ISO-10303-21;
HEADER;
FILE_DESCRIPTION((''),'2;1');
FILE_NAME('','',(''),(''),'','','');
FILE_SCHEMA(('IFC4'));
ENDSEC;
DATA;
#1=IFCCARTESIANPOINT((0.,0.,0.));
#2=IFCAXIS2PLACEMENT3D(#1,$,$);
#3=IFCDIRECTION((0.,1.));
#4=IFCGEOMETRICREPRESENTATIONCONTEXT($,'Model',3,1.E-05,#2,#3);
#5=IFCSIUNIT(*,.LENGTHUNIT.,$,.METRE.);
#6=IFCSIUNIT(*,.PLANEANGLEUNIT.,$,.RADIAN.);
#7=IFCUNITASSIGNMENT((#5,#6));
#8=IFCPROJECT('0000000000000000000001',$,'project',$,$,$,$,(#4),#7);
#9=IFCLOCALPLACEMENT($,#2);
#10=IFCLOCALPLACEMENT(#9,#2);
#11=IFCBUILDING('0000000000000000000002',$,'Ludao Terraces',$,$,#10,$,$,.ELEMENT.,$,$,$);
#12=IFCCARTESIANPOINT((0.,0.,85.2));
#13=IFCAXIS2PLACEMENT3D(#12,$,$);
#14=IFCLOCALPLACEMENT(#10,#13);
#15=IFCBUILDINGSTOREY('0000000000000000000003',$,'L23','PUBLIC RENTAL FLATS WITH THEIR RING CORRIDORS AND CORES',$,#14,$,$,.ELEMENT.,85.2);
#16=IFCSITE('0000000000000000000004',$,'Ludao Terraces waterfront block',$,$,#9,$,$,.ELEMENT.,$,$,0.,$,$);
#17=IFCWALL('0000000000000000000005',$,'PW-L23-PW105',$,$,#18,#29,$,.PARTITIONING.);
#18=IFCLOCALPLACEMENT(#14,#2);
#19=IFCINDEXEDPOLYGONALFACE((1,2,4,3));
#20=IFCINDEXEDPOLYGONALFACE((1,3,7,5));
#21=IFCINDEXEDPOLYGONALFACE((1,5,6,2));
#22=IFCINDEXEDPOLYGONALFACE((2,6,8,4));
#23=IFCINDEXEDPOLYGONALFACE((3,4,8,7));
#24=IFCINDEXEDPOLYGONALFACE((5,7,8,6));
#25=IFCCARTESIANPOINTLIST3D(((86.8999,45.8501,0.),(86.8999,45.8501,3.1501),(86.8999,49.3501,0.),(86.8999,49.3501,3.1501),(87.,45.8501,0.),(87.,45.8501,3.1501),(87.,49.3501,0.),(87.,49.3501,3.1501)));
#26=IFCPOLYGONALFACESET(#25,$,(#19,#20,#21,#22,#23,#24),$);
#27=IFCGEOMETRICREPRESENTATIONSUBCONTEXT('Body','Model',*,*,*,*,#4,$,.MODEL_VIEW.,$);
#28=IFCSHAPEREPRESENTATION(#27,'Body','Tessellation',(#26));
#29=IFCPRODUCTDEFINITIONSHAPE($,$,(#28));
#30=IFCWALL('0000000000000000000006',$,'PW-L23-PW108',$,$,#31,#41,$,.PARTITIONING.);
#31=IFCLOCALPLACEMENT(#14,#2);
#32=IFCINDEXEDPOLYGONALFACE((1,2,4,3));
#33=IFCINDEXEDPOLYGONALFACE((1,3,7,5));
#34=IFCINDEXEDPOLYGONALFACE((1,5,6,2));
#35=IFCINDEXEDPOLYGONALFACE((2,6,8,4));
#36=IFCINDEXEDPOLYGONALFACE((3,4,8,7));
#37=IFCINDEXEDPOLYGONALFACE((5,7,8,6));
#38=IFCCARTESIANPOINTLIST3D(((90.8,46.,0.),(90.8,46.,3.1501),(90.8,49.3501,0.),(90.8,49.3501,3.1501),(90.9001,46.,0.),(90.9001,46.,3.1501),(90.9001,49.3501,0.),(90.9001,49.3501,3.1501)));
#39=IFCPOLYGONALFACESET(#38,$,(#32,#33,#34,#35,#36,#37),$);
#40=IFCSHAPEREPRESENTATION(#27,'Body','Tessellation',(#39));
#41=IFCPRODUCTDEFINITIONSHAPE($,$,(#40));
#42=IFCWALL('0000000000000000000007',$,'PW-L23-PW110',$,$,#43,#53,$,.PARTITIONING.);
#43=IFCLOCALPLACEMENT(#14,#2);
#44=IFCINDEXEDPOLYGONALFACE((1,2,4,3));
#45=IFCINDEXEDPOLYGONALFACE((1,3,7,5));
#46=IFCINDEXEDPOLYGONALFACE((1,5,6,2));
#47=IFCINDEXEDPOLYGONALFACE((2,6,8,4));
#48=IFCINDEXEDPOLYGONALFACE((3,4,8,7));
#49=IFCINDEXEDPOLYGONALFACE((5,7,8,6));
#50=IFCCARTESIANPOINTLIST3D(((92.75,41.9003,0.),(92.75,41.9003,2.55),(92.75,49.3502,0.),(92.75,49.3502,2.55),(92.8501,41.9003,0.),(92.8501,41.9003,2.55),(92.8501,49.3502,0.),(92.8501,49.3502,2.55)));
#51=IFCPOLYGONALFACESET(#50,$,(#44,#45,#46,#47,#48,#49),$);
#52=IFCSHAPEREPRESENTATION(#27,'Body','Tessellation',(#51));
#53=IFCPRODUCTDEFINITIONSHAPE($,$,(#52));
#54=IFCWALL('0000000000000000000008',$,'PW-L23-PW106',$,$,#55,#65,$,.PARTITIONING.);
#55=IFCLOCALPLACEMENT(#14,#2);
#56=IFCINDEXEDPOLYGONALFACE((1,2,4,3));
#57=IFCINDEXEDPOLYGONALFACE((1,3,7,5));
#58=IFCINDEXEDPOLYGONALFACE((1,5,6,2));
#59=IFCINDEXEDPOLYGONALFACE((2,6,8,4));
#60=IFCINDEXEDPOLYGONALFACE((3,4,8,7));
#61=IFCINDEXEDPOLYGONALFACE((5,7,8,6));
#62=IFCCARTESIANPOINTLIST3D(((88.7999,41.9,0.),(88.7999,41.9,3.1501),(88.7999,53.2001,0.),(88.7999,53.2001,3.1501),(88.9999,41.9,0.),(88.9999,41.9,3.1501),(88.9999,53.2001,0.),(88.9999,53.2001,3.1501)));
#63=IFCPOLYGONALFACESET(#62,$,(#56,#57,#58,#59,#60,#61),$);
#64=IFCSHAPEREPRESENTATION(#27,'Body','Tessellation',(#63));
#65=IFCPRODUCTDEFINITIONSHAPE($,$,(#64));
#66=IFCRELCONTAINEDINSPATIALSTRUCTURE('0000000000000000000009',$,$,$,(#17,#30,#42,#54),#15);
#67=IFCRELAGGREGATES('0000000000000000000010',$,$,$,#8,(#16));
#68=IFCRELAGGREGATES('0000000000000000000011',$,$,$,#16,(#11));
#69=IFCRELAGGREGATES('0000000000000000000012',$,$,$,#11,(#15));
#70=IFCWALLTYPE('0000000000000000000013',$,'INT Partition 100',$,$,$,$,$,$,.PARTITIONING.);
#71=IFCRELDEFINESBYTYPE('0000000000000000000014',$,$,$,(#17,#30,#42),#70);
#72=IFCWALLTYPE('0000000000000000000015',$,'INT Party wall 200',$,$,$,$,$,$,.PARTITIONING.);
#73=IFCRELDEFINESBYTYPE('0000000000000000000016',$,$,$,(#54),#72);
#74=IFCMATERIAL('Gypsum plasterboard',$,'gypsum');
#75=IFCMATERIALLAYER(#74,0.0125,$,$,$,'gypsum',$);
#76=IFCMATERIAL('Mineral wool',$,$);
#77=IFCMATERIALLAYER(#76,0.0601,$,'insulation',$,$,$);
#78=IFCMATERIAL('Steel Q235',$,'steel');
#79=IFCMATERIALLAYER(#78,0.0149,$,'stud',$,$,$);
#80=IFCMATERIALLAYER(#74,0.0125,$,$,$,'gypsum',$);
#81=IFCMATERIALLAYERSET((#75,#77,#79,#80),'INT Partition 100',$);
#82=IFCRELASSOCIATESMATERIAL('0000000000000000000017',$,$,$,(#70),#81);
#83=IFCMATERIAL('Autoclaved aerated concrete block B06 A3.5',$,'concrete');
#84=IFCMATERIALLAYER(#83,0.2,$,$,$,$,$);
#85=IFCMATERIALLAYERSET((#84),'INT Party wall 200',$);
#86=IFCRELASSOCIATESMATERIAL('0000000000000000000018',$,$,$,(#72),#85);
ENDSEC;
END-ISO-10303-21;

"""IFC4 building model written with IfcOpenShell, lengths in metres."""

from ifc_helpers import new_model, si_unit, direction, frame, frame_2d, origin, place, context, subcontext, project, spatial, rectangle, extrude, material, layer, layer_set, type_object, element, save


model = new_model("IFC4")

# Units and contexts
model_context = context("Model", 3, precision=1e-05, world=origin(), true_north=direction((0.0, 1.0)))
body_context = subcontext(model_context, "Body", "Model", "MODEL_VIEW")
ifc_project = project(units=[si_unit("LENGTHUNIT", "METRE"), si_unit("PLANEANGLEUNIT", "RADIAN")], contexts=[model_context])

# Site, building, storey
site_placement = place(None, origin())
site = spatial("IfcSite", under=ifc_project, at=site_placement, Name="Ludao Terraces waterfront block", CompositionType="ELEMENT", RefElevation=0.0)
building_placement = place(site_placement, origin())
building = spatial("IfcBuilding", under=site, at=building_placement, Name="Ludao Terraces", CompositionType="ELEMENT")
storey_placement = place(building_placement, frame((0.0, 0.0, 85.2)))
storey = spatial("IfcBuildingStorey", under=building, at=storey_placement, Name="L23", Description="PUBLIC RENTAL FLATS WITH THEIR RING CORRIDORS AND CORES", CompositionType="ELEMENT", Elevation=85.2)

# Shared definitions
ifc_material_1 = material(Name="Mineral wool")

# Shared definitions
ifc_material_2 = material(Name="Gypsum plasterboard", Category="gypsum")
ifc_layer_1 = layer(ifc_material_2, 0.0125, Category="gypsum")
ifc_layer_2 = layer(ifc_material_1, 0.0601, Name="insulation")
ifc_material_3 = material(Name="Steel Q235", Category="steel")
ifc_layer_3 = layer(ifc_material_3, 0.0149, Name="stud")
ifc_layer_4 = layer(ifc_material_2, 0.0125, Category="gypsum")
ifc_layer_set_1 = layer_set([ifc_layer_1, ifc_layer_2, ifc_layer_3, ifc_layer_4], Name="INT Partition 100")
wall_type_1 = type_object("IfcWallType", Name="INT Partition 100", PredefinedType="PARTITIONING", material=ifc_layer_set_1)

# Walls
wall_1_placement = place(storey_placement, frame((86.95, 45.8501, 0.0), z_axis=(0.0, 0.0, 1.0), x_axis=(0.0, 1.0, 0.0)))
element("IfcWall", 1, at=wall_1_placement, inside=storey, type_object=wall_type_1, Name="PW-L23-PW105", PredefinedType="PARTITIONING", context=body_context, shape_type="SweptSolid", body=[
    extrude(rectangle(XDim=3.5, YDim=0.1001, at=frame_2d((1.75, 0.0))), origin(), (0.0, 0.0, 1.0), 3.1501),
])
wall_2_placement = place(storey_placement, frame((90.8501, 46.0, 0.0), z_axis=(0.0, 0.0, 1.0), x_axis=(0.0, 1.0, 0.0)))
element("IfcWall", 2, at=wall_2_placement, inside=storey, type_object=wall_type_1, Name="PW-L23-PW108", PredefinedType="PARTITIONING", context=body_context, shape_type="SweptSolid", body=[
    extrude(rectangle(XDim=3.3501, YDim=0.1001, at=frame_2d((1.675, 0.0))), origin(), (0.0, 0.0, 1.0), 3.1501),
])
wall_3_placement = place(storey_placement, frame((92.8, 41.9001, 0.0), z_axis=(0.0, 0.0, 1.0), x_axis=(0.0, 1.0, 0.0)))
element("IfcWall", 3, at=wall_3_placement, inside=storey, type_object=wall_type_1, Name="PW-L23-PW110", PredefinedType="PARTITIONING", context=body_context, shape_type="SweptSolid", body=[
    extrude(rectangle(XDim=7.45, YDim=0.1001, at=frame_2d((3.7251, 0.0))), origin(), (0.0, 0.0, 1.0), 2.55),
])
ifc_material_4 = material(Name="Autoclaved aerated concrete block B06 A3.5", Category="concrete")
ifc_layer_5 = layer(ifc_material_4, 0.2)
ifc_layer_set_2 = layer_set([ifc_layer_5], Name="INT Party wall 200")
wall_type_2 = type_object("IfcWallType", Name="INT Party wall 200", PredefinedType="PARTITIONING", material=ifc_layer_set_2)
wall_4_placement = place(storey_placement, frame((88.8999, 41.9001, 0.0), z_axis=(0.0, 0.0, 1.0), x_axis=(0.0, 1.0, 0.0)))
element("IfcWall", 4, at=wall_4_placement, inside=storey, type_object=wall_type_2, Name="PW-L23-PW106", PredefinedType="PARTITIONING", context=body_context, shape_type="SweptSolid", body=[
    extrude(rectangle(XDim=11.3, YDim=0.2, at=frame_2d((5.6499, 0.0))), origin(), (0.0, 0.0, 1.0), 3.1501),
])

save(model, "model.ifc")
